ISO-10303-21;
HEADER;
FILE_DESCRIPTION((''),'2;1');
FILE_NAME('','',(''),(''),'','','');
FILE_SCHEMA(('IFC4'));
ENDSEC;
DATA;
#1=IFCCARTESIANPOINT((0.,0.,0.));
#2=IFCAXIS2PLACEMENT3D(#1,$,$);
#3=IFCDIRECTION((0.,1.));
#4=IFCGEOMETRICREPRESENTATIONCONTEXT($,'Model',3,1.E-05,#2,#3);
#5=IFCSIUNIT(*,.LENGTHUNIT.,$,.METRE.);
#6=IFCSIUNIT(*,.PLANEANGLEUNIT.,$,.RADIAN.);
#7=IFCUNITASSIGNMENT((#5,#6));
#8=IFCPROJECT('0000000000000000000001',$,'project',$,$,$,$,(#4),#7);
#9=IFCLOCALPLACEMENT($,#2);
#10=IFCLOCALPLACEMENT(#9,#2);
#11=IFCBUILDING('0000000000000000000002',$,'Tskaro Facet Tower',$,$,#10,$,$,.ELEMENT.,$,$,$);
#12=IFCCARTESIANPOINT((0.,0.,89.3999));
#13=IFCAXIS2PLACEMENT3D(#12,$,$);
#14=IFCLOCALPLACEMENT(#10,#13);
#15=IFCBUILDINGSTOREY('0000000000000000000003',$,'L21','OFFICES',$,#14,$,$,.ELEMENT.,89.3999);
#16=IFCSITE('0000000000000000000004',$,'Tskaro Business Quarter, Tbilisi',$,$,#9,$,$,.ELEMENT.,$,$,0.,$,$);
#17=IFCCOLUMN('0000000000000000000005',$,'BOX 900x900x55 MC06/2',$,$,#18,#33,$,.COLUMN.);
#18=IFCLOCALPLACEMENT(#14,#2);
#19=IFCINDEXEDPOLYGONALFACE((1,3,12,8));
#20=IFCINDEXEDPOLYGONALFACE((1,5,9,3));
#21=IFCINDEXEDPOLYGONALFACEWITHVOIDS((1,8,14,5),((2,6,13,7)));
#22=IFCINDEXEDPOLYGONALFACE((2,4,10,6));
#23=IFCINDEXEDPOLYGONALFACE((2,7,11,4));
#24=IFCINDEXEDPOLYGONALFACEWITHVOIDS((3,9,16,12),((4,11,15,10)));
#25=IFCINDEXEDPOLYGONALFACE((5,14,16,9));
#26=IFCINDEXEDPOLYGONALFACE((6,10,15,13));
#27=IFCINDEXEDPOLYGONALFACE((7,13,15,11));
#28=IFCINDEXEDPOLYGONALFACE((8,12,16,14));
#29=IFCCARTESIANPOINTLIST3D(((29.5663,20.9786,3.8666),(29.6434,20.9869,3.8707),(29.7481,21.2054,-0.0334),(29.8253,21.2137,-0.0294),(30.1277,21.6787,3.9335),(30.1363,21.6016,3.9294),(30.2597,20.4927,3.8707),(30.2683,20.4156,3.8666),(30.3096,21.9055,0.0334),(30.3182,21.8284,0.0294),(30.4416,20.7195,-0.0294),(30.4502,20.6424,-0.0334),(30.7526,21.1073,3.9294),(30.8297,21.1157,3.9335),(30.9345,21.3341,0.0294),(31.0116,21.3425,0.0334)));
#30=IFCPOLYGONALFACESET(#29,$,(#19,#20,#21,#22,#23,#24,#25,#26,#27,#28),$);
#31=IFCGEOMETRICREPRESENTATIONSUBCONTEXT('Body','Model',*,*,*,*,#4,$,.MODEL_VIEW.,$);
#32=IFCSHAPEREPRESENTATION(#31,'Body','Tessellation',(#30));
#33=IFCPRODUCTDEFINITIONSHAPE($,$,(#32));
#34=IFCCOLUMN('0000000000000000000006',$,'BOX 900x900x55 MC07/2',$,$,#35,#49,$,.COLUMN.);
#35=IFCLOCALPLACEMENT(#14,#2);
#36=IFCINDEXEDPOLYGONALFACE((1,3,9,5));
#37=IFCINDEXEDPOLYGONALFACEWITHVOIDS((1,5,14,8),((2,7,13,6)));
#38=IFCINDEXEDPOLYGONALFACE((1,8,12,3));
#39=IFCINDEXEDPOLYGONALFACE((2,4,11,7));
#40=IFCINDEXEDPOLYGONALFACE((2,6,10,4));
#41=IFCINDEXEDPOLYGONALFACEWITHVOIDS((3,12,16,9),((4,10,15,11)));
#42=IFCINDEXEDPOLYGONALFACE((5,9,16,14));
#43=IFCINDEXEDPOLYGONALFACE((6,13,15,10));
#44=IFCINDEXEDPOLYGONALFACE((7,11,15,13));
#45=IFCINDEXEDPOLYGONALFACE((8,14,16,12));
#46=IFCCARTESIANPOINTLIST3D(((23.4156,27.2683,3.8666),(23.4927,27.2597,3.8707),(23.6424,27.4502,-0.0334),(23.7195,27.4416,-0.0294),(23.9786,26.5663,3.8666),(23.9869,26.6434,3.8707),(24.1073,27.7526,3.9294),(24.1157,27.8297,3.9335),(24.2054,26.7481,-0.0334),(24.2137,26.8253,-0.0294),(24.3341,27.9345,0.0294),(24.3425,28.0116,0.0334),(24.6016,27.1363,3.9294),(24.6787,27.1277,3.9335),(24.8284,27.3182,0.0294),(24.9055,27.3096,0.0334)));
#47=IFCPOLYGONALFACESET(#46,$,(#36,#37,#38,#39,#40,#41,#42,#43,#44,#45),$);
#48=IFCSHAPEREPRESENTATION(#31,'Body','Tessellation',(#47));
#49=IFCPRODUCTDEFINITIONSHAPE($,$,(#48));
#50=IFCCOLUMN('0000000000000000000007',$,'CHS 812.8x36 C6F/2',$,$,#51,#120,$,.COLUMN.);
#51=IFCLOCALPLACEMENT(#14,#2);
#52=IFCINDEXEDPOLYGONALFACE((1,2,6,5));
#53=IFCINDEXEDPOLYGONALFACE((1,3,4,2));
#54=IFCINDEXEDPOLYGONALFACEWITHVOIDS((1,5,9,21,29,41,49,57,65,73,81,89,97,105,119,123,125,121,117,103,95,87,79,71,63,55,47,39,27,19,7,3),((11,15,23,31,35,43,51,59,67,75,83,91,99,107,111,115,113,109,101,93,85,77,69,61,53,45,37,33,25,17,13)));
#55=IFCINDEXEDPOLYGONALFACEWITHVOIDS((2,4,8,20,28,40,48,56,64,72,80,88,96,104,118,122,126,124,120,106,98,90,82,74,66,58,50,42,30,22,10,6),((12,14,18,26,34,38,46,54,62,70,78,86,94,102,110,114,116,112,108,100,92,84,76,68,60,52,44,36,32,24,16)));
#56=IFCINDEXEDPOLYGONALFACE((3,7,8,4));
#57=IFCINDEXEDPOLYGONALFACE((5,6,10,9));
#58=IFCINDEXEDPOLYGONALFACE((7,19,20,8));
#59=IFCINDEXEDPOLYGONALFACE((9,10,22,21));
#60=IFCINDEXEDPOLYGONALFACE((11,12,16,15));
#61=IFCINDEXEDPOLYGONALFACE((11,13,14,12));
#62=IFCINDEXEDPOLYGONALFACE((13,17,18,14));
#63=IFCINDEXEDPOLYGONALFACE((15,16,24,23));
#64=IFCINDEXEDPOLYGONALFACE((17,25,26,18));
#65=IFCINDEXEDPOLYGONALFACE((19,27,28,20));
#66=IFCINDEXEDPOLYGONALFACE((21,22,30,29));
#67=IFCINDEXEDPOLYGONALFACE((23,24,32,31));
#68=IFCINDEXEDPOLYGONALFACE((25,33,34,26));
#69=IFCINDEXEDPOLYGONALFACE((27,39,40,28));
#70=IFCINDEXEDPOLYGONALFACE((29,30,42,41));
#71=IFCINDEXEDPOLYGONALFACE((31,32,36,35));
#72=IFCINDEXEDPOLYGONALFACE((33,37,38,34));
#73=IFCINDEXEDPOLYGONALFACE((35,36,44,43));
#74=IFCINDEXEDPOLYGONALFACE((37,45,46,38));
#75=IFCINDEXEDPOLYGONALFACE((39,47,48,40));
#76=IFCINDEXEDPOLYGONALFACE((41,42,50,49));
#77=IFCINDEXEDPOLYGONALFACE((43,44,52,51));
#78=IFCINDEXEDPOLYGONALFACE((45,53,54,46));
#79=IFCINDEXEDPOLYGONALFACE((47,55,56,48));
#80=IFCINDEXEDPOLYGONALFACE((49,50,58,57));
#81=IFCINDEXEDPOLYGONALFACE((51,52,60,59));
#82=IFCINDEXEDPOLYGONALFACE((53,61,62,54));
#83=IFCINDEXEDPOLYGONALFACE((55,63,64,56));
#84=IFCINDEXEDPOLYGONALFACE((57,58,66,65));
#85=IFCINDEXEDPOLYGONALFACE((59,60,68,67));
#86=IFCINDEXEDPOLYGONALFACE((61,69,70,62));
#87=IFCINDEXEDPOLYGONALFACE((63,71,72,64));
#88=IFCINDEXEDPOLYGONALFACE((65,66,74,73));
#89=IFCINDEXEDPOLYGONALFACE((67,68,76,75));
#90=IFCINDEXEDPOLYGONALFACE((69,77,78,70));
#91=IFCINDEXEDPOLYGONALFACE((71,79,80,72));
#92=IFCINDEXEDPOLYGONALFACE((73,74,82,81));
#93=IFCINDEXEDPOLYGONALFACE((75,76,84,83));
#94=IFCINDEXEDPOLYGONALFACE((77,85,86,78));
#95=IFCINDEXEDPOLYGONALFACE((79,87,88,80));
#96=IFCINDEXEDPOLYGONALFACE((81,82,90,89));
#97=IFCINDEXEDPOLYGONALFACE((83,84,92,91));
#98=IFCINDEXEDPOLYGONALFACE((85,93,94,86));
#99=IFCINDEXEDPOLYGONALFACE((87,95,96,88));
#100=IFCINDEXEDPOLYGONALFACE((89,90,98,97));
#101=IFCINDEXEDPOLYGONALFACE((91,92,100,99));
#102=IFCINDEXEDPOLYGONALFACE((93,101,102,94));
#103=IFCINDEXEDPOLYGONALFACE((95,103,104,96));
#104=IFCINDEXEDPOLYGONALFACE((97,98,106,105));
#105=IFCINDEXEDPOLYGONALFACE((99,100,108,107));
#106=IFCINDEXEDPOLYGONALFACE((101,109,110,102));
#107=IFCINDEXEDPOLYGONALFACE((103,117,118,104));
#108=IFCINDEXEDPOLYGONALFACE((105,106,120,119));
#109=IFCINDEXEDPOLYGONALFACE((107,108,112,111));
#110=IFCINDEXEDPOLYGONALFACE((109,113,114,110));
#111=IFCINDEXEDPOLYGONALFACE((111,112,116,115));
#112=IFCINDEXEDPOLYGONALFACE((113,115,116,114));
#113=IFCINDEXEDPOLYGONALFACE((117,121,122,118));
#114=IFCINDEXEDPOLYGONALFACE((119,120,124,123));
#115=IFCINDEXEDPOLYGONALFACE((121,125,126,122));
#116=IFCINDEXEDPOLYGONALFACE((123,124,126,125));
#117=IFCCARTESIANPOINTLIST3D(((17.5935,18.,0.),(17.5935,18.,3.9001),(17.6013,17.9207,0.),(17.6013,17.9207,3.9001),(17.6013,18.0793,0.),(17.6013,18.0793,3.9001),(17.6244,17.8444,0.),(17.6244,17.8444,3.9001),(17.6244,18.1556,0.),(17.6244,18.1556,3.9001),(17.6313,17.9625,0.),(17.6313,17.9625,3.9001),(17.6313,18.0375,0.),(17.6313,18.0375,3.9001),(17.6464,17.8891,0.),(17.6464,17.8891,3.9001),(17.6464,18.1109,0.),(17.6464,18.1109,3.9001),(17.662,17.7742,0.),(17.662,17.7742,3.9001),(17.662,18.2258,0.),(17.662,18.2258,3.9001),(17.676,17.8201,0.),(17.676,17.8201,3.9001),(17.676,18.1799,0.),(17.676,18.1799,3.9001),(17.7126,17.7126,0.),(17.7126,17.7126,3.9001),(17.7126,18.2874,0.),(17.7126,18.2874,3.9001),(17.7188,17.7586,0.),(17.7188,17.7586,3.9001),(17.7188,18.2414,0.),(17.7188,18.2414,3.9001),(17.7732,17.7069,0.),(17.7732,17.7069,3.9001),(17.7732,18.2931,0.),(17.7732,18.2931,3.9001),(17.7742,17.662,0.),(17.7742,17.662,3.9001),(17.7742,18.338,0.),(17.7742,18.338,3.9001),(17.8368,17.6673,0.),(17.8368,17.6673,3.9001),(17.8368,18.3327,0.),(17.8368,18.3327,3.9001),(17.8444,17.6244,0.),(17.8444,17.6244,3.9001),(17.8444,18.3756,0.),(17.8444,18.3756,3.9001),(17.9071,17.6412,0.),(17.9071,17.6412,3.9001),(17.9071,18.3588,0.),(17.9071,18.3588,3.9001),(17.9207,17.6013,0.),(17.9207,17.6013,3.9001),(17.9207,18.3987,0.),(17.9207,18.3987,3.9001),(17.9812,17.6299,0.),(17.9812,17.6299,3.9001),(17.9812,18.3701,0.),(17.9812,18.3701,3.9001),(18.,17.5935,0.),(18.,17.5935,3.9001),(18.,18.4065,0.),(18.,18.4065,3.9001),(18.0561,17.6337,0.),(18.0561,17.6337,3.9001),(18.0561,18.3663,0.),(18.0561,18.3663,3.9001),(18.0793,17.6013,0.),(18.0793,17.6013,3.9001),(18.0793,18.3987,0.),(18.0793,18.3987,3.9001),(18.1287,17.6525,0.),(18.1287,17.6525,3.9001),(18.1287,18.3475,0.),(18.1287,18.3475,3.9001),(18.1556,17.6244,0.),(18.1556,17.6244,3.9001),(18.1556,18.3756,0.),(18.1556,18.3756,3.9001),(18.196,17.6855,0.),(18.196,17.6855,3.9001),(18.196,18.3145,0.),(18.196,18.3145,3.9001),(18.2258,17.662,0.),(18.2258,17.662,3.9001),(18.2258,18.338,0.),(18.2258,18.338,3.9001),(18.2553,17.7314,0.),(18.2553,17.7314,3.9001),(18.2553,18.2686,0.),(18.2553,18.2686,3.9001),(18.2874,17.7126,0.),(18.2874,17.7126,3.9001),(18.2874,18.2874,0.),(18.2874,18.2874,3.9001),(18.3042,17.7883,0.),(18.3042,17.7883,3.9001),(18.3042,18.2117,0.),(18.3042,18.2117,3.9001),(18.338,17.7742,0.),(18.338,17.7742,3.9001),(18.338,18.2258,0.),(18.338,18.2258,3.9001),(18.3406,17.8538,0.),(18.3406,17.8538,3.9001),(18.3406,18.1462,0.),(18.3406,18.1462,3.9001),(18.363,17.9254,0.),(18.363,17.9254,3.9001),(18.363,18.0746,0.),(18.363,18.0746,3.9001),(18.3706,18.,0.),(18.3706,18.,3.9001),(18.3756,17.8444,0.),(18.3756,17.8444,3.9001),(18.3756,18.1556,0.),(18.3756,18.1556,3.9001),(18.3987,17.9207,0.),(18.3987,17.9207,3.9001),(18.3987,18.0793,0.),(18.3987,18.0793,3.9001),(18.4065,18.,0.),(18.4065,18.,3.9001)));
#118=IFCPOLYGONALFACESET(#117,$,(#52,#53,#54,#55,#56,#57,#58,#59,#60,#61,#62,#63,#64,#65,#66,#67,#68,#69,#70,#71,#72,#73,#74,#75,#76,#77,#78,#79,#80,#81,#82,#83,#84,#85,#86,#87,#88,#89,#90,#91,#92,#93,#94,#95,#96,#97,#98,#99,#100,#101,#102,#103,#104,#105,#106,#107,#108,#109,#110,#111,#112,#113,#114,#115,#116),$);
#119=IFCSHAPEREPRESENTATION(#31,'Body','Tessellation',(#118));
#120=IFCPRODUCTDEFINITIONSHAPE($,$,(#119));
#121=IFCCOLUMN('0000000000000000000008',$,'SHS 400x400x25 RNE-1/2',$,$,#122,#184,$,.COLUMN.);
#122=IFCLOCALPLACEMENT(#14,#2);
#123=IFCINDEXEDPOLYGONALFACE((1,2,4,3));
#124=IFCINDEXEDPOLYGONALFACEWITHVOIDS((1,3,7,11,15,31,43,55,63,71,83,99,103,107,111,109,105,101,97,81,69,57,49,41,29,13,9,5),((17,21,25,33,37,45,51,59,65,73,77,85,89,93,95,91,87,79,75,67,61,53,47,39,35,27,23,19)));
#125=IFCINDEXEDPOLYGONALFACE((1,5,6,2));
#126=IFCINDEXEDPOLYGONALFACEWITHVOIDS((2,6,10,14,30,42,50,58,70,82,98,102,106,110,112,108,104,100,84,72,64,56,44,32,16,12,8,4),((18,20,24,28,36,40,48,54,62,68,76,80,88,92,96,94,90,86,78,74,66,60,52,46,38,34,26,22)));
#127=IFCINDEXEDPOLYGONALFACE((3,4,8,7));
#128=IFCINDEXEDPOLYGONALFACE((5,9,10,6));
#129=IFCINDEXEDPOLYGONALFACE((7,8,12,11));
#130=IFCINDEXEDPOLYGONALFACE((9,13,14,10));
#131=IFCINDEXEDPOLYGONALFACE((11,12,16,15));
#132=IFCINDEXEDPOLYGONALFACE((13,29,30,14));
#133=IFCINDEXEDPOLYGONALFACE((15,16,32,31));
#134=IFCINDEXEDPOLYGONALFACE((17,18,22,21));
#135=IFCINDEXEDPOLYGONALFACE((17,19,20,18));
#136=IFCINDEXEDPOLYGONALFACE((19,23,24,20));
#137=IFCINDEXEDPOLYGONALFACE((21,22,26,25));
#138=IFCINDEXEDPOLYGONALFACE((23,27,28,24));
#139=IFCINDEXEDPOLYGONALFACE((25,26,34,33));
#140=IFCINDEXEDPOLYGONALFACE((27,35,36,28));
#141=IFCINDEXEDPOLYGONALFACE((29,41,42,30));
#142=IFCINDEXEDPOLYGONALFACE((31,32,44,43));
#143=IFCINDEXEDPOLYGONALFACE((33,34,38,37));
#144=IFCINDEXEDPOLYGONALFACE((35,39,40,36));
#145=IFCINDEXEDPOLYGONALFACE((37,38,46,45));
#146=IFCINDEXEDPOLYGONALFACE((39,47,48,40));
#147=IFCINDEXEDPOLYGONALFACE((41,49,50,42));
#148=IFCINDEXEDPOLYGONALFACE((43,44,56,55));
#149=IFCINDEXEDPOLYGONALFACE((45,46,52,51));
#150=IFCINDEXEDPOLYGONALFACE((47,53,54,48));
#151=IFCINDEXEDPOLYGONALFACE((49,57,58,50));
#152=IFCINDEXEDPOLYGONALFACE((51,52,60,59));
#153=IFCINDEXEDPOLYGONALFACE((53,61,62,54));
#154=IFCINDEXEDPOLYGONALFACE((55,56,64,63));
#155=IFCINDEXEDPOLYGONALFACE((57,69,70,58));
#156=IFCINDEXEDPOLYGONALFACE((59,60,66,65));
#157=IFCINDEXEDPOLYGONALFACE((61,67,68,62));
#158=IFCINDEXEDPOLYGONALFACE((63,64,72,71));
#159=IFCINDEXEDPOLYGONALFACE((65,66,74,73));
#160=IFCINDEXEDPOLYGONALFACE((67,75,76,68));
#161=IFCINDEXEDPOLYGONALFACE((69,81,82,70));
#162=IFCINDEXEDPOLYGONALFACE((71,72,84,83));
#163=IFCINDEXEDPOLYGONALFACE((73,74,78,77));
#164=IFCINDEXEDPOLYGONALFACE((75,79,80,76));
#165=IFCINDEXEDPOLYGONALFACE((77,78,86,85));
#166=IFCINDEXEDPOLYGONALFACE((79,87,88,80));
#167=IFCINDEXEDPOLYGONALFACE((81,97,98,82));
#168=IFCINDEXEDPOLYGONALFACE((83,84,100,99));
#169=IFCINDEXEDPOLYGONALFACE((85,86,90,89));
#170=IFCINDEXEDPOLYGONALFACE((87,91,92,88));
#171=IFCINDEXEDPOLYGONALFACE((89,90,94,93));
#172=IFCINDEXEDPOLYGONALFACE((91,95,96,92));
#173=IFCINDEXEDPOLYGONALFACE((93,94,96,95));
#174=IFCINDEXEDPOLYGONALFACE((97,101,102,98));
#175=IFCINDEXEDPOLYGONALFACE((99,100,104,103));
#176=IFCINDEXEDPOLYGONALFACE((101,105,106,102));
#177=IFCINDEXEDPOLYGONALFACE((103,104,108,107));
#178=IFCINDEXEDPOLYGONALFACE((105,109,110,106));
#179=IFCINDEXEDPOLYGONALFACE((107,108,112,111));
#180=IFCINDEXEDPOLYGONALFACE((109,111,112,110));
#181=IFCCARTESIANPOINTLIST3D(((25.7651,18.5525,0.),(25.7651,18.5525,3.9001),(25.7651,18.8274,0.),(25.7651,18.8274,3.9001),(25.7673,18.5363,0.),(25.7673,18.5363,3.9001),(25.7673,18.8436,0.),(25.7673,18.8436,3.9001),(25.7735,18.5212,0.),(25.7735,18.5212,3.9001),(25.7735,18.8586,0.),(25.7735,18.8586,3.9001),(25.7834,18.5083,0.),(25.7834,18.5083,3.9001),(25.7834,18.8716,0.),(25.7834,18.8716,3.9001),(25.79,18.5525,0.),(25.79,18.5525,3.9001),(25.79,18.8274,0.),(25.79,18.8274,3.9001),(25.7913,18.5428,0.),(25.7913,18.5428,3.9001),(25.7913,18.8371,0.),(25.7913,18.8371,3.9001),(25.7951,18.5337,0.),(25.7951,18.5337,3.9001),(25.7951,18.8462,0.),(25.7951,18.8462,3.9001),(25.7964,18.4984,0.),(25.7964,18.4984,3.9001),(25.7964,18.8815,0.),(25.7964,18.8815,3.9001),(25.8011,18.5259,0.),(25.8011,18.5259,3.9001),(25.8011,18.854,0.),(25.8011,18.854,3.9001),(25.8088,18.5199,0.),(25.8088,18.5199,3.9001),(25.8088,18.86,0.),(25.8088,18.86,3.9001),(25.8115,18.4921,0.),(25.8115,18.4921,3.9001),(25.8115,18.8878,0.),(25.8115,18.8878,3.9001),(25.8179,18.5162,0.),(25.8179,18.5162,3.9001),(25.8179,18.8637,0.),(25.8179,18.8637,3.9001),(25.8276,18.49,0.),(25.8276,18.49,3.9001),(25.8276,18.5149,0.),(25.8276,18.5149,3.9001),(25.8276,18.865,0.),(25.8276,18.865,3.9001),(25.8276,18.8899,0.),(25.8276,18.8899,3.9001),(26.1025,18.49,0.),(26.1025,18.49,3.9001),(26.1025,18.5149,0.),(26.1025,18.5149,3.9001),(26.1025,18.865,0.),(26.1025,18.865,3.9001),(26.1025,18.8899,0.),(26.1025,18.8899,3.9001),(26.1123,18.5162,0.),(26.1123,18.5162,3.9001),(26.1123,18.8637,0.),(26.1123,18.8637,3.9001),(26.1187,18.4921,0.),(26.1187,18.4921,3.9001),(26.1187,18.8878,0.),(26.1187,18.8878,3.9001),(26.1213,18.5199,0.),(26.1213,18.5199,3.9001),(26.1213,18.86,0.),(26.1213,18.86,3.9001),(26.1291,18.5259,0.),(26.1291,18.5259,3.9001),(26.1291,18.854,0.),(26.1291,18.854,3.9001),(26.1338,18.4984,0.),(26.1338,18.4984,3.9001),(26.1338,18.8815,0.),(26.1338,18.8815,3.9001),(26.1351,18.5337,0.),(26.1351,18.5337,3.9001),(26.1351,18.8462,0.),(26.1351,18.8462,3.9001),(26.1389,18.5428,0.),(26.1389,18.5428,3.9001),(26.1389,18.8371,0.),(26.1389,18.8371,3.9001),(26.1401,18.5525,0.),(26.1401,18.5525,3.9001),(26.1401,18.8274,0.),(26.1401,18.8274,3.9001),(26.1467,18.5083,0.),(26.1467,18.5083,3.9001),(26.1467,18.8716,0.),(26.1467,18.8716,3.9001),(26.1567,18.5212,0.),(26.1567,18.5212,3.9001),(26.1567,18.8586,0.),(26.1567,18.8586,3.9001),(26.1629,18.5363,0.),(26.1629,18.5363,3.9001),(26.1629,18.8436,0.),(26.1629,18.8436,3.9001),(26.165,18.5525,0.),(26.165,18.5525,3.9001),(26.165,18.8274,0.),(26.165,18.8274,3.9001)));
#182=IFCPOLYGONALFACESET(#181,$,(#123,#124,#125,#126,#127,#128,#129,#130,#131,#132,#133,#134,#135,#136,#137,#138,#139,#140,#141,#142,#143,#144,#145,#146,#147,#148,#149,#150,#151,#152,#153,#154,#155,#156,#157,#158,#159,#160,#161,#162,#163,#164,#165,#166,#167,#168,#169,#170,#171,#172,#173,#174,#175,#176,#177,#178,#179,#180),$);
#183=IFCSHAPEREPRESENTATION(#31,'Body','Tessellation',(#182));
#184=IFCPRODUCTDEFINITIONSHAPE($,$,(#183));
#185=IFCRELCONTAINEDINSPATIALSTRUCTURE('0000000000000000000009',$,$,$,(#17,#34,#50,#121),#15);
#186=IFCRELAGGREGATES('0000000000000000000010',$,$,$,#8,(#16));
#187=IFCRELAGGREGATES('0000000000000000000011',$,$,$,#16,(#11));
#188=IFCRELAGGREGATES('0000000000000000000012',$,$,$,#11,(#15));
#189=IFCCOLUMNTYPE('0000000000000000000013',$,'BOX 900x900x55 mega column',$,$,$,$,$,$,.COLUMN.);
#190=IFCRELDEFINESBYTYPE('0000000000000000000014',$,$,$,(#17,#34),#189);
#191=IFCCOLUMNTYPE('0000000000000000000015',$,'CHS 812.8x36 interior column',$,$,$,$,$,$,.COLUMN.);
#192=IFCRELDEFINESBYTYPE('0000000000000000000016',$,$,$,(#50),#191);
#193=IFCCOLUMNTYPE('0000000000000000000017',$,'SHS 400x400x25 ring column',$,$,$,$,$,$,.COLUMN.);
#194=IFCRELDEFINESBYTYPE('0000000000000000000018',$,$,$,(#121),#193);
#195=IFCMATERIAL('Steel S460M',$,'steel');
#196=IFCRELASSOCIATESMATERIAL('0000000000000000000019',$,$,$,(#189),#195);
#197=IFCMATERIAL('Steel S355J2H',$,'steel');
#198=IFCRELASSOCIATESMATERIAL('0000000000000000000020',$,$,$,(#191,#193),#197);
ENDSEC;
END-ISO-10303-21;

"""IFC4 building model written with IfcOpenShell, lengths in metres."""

from ifc_helpers import new_model, si_unit, direction, frame, origin, origin_2d, place, context, subcontext, project, spatial, hollow_rectangle, hollow_circle, extrude, material, material_profile, profile_set, type_object, element, save


model = new_model("IFC4")

# Units and contexts
model_context = context("Model", 3, precision=1e-05, world=origin(), true_north=direction((0.0, 1.0)))
body_context = subcontext(model_context, "Body", "Model", "MODEL_VIEW")
ifc_project = project(units=[si_unit("LENGTHUNIT", "METRE"), si_unit("PLANEANGLEUNIT", "RADIAN")], contexts=[model_context])

# Site, building, storey
site_placement = place(None, origin())
site = spatial("IfcSite", under=ifc_project, at=site_placement, Name="Tskaro Business Quarter, Tbilisi", CompositionType="ELEMENT", RefElevation=0.0)
building_placement = place(site_placement, origin())
building = spatial("IfcBuilding", under=site, at=building_placement, Name="Tskaro Facet Tower", CompositionType="ELEMENT")
storey_placement = place(building_placement, frame((0.0, 0.0, 89.3999)))
storey = spatial("IfcBuildingStorey", under=building, at=storey_placement, Name="L21", Description="OFFICES", CompositionType="ELEMENT", Elevation=89.3999)

# Columns
ifc_material_1 = material(Name="Steel S460M", Category="steel")
ifc_material_profile_1 = material_profile(ifc_material_1, hollow_rectangle(XDim=0.8999, YDim=0.8999, WallThickness=0.0549, at=origin_2d()), Name="BOX 900x900x55")
ifc_profile_set_1 = profile_set([ifc_material_profile_1], Name="Steel S460M")
column_type_1 = type_object("IfcColumnType", Name="BOX 900x900x55 mega column", PredefinedType="COLUMN", material=ifc_profile_set_1)
for number, where, z_axis, x_axis, name in (
    (1, (30.3799, 21.2739, 0.0), (-0.046506, -0.057992, 0.997233), (0.780131, -0.625616, 0.0), "BOX 900x900x55 MC06/2"),
    (2, (24.2739, 27.3799, 0.0), (-0.057992, -0.046506, 0.997233), (0.625616, -0.780131, 0.0), "BOX 900x900x55 MC07/2"),
):
    element("IfcColumn", number, at=place(storey_placement, frame(where, z_axis=z_axis, x_axis=x_axis)), inside=storey, type_object=column_type_1, Name=name, PredefinedType="COLUMN", context=body_context, shape_type="SweptSolid", body=[
        extrude(hollow_rectangle(XDim=0.8999, YDim=0.8999, WallThickness=0.0549, at=origin_2d()), origin(), (0.0, 0.0, 1.0), 3.9109),
    ])
ifc_material_2 = material(Name="Steel S355J2H", Category="steel")
ifc_material_profile_2 = material_profile(ifc_material_2, hollow_circle(Radius=0.4065, WallThickness=0.0359, at=origin_2d()), Name="CHS 812.8x36")
ifc_profile_set_2 = profile_set([ifc_material_profile_2], Name="Steel S355J2H")
column_type_2 = type_object("IfcColumnType", Name="CHS 812.8x36 interior column", PredefinedType="COLUMN", material=ifc_profile_set_2)
column_placement = place(storey_placement, frame((18.0, 18.0, 0.0), z_axis=(0.0, 0.0, 1.0), x_axis=(1.0, 0.0, 0.0)))
element("IfcColumn", 3, at=column_placement, inside=storey, type_object=column_type_2, Name="CHS 812.8x36 C6F/2", PredefinedType="COLUMN", context=body_context, shape_type="SweptSolid", body=[
    extrude(hollow_circle(Radius=0.4065, WallThickness=0.0359, at=origin_2d()), origin(), (0.0, 0.0, 1.0), 3.9001),
])
ifc_material_profile_3 = material_profile(ifc_material_2, hollow_rectangle(XDim=0.3999, YDim=0.3999, WallThickness=0.0249, InnerFilletRadius=0.0376, OuterFilletRadius=0.0625, at=origin_2d()), Name="SHS 400x400x25")
ifc_profile_set_3 = profile_set([ifc_material_profile_3], Name="Steel S355J2H")
column_type_3 = type_object("IfcColumnType", Name="SHS 400x400x25 ring column", PredefinedType="COLUMN", material=ifc_profile_set_3)
for number, where, z_axis, x_axis, name in (
    (4, (25.9651, 18.6899, 0.0), (0.0, 0.0, 1.0), (1.0, 0.0, 0.0), "SHS 400x400x25 RNE-1/2"),
):
    element("IfcColumn", number, at=place(storey_placement, frame(where, z_axis=z_axis, x_axis=x_axis)), inside=storey, type_object=column_type_3, Name=name, PredefinedType="COLUMN", context=body_context, shape_type="SweptSolid", body=[
        extrude(hollow_rectangle(XDim=0.3999, YDim=0.3999, WallThickness=0.0249, InnerFilletRadius=0.0376, OuterFilletRadius=0.0625, at=origin_2d()), origin(), (0.0, 0.0, 1.0), 3.9001),
    ])

save(model, "model.ifc")
